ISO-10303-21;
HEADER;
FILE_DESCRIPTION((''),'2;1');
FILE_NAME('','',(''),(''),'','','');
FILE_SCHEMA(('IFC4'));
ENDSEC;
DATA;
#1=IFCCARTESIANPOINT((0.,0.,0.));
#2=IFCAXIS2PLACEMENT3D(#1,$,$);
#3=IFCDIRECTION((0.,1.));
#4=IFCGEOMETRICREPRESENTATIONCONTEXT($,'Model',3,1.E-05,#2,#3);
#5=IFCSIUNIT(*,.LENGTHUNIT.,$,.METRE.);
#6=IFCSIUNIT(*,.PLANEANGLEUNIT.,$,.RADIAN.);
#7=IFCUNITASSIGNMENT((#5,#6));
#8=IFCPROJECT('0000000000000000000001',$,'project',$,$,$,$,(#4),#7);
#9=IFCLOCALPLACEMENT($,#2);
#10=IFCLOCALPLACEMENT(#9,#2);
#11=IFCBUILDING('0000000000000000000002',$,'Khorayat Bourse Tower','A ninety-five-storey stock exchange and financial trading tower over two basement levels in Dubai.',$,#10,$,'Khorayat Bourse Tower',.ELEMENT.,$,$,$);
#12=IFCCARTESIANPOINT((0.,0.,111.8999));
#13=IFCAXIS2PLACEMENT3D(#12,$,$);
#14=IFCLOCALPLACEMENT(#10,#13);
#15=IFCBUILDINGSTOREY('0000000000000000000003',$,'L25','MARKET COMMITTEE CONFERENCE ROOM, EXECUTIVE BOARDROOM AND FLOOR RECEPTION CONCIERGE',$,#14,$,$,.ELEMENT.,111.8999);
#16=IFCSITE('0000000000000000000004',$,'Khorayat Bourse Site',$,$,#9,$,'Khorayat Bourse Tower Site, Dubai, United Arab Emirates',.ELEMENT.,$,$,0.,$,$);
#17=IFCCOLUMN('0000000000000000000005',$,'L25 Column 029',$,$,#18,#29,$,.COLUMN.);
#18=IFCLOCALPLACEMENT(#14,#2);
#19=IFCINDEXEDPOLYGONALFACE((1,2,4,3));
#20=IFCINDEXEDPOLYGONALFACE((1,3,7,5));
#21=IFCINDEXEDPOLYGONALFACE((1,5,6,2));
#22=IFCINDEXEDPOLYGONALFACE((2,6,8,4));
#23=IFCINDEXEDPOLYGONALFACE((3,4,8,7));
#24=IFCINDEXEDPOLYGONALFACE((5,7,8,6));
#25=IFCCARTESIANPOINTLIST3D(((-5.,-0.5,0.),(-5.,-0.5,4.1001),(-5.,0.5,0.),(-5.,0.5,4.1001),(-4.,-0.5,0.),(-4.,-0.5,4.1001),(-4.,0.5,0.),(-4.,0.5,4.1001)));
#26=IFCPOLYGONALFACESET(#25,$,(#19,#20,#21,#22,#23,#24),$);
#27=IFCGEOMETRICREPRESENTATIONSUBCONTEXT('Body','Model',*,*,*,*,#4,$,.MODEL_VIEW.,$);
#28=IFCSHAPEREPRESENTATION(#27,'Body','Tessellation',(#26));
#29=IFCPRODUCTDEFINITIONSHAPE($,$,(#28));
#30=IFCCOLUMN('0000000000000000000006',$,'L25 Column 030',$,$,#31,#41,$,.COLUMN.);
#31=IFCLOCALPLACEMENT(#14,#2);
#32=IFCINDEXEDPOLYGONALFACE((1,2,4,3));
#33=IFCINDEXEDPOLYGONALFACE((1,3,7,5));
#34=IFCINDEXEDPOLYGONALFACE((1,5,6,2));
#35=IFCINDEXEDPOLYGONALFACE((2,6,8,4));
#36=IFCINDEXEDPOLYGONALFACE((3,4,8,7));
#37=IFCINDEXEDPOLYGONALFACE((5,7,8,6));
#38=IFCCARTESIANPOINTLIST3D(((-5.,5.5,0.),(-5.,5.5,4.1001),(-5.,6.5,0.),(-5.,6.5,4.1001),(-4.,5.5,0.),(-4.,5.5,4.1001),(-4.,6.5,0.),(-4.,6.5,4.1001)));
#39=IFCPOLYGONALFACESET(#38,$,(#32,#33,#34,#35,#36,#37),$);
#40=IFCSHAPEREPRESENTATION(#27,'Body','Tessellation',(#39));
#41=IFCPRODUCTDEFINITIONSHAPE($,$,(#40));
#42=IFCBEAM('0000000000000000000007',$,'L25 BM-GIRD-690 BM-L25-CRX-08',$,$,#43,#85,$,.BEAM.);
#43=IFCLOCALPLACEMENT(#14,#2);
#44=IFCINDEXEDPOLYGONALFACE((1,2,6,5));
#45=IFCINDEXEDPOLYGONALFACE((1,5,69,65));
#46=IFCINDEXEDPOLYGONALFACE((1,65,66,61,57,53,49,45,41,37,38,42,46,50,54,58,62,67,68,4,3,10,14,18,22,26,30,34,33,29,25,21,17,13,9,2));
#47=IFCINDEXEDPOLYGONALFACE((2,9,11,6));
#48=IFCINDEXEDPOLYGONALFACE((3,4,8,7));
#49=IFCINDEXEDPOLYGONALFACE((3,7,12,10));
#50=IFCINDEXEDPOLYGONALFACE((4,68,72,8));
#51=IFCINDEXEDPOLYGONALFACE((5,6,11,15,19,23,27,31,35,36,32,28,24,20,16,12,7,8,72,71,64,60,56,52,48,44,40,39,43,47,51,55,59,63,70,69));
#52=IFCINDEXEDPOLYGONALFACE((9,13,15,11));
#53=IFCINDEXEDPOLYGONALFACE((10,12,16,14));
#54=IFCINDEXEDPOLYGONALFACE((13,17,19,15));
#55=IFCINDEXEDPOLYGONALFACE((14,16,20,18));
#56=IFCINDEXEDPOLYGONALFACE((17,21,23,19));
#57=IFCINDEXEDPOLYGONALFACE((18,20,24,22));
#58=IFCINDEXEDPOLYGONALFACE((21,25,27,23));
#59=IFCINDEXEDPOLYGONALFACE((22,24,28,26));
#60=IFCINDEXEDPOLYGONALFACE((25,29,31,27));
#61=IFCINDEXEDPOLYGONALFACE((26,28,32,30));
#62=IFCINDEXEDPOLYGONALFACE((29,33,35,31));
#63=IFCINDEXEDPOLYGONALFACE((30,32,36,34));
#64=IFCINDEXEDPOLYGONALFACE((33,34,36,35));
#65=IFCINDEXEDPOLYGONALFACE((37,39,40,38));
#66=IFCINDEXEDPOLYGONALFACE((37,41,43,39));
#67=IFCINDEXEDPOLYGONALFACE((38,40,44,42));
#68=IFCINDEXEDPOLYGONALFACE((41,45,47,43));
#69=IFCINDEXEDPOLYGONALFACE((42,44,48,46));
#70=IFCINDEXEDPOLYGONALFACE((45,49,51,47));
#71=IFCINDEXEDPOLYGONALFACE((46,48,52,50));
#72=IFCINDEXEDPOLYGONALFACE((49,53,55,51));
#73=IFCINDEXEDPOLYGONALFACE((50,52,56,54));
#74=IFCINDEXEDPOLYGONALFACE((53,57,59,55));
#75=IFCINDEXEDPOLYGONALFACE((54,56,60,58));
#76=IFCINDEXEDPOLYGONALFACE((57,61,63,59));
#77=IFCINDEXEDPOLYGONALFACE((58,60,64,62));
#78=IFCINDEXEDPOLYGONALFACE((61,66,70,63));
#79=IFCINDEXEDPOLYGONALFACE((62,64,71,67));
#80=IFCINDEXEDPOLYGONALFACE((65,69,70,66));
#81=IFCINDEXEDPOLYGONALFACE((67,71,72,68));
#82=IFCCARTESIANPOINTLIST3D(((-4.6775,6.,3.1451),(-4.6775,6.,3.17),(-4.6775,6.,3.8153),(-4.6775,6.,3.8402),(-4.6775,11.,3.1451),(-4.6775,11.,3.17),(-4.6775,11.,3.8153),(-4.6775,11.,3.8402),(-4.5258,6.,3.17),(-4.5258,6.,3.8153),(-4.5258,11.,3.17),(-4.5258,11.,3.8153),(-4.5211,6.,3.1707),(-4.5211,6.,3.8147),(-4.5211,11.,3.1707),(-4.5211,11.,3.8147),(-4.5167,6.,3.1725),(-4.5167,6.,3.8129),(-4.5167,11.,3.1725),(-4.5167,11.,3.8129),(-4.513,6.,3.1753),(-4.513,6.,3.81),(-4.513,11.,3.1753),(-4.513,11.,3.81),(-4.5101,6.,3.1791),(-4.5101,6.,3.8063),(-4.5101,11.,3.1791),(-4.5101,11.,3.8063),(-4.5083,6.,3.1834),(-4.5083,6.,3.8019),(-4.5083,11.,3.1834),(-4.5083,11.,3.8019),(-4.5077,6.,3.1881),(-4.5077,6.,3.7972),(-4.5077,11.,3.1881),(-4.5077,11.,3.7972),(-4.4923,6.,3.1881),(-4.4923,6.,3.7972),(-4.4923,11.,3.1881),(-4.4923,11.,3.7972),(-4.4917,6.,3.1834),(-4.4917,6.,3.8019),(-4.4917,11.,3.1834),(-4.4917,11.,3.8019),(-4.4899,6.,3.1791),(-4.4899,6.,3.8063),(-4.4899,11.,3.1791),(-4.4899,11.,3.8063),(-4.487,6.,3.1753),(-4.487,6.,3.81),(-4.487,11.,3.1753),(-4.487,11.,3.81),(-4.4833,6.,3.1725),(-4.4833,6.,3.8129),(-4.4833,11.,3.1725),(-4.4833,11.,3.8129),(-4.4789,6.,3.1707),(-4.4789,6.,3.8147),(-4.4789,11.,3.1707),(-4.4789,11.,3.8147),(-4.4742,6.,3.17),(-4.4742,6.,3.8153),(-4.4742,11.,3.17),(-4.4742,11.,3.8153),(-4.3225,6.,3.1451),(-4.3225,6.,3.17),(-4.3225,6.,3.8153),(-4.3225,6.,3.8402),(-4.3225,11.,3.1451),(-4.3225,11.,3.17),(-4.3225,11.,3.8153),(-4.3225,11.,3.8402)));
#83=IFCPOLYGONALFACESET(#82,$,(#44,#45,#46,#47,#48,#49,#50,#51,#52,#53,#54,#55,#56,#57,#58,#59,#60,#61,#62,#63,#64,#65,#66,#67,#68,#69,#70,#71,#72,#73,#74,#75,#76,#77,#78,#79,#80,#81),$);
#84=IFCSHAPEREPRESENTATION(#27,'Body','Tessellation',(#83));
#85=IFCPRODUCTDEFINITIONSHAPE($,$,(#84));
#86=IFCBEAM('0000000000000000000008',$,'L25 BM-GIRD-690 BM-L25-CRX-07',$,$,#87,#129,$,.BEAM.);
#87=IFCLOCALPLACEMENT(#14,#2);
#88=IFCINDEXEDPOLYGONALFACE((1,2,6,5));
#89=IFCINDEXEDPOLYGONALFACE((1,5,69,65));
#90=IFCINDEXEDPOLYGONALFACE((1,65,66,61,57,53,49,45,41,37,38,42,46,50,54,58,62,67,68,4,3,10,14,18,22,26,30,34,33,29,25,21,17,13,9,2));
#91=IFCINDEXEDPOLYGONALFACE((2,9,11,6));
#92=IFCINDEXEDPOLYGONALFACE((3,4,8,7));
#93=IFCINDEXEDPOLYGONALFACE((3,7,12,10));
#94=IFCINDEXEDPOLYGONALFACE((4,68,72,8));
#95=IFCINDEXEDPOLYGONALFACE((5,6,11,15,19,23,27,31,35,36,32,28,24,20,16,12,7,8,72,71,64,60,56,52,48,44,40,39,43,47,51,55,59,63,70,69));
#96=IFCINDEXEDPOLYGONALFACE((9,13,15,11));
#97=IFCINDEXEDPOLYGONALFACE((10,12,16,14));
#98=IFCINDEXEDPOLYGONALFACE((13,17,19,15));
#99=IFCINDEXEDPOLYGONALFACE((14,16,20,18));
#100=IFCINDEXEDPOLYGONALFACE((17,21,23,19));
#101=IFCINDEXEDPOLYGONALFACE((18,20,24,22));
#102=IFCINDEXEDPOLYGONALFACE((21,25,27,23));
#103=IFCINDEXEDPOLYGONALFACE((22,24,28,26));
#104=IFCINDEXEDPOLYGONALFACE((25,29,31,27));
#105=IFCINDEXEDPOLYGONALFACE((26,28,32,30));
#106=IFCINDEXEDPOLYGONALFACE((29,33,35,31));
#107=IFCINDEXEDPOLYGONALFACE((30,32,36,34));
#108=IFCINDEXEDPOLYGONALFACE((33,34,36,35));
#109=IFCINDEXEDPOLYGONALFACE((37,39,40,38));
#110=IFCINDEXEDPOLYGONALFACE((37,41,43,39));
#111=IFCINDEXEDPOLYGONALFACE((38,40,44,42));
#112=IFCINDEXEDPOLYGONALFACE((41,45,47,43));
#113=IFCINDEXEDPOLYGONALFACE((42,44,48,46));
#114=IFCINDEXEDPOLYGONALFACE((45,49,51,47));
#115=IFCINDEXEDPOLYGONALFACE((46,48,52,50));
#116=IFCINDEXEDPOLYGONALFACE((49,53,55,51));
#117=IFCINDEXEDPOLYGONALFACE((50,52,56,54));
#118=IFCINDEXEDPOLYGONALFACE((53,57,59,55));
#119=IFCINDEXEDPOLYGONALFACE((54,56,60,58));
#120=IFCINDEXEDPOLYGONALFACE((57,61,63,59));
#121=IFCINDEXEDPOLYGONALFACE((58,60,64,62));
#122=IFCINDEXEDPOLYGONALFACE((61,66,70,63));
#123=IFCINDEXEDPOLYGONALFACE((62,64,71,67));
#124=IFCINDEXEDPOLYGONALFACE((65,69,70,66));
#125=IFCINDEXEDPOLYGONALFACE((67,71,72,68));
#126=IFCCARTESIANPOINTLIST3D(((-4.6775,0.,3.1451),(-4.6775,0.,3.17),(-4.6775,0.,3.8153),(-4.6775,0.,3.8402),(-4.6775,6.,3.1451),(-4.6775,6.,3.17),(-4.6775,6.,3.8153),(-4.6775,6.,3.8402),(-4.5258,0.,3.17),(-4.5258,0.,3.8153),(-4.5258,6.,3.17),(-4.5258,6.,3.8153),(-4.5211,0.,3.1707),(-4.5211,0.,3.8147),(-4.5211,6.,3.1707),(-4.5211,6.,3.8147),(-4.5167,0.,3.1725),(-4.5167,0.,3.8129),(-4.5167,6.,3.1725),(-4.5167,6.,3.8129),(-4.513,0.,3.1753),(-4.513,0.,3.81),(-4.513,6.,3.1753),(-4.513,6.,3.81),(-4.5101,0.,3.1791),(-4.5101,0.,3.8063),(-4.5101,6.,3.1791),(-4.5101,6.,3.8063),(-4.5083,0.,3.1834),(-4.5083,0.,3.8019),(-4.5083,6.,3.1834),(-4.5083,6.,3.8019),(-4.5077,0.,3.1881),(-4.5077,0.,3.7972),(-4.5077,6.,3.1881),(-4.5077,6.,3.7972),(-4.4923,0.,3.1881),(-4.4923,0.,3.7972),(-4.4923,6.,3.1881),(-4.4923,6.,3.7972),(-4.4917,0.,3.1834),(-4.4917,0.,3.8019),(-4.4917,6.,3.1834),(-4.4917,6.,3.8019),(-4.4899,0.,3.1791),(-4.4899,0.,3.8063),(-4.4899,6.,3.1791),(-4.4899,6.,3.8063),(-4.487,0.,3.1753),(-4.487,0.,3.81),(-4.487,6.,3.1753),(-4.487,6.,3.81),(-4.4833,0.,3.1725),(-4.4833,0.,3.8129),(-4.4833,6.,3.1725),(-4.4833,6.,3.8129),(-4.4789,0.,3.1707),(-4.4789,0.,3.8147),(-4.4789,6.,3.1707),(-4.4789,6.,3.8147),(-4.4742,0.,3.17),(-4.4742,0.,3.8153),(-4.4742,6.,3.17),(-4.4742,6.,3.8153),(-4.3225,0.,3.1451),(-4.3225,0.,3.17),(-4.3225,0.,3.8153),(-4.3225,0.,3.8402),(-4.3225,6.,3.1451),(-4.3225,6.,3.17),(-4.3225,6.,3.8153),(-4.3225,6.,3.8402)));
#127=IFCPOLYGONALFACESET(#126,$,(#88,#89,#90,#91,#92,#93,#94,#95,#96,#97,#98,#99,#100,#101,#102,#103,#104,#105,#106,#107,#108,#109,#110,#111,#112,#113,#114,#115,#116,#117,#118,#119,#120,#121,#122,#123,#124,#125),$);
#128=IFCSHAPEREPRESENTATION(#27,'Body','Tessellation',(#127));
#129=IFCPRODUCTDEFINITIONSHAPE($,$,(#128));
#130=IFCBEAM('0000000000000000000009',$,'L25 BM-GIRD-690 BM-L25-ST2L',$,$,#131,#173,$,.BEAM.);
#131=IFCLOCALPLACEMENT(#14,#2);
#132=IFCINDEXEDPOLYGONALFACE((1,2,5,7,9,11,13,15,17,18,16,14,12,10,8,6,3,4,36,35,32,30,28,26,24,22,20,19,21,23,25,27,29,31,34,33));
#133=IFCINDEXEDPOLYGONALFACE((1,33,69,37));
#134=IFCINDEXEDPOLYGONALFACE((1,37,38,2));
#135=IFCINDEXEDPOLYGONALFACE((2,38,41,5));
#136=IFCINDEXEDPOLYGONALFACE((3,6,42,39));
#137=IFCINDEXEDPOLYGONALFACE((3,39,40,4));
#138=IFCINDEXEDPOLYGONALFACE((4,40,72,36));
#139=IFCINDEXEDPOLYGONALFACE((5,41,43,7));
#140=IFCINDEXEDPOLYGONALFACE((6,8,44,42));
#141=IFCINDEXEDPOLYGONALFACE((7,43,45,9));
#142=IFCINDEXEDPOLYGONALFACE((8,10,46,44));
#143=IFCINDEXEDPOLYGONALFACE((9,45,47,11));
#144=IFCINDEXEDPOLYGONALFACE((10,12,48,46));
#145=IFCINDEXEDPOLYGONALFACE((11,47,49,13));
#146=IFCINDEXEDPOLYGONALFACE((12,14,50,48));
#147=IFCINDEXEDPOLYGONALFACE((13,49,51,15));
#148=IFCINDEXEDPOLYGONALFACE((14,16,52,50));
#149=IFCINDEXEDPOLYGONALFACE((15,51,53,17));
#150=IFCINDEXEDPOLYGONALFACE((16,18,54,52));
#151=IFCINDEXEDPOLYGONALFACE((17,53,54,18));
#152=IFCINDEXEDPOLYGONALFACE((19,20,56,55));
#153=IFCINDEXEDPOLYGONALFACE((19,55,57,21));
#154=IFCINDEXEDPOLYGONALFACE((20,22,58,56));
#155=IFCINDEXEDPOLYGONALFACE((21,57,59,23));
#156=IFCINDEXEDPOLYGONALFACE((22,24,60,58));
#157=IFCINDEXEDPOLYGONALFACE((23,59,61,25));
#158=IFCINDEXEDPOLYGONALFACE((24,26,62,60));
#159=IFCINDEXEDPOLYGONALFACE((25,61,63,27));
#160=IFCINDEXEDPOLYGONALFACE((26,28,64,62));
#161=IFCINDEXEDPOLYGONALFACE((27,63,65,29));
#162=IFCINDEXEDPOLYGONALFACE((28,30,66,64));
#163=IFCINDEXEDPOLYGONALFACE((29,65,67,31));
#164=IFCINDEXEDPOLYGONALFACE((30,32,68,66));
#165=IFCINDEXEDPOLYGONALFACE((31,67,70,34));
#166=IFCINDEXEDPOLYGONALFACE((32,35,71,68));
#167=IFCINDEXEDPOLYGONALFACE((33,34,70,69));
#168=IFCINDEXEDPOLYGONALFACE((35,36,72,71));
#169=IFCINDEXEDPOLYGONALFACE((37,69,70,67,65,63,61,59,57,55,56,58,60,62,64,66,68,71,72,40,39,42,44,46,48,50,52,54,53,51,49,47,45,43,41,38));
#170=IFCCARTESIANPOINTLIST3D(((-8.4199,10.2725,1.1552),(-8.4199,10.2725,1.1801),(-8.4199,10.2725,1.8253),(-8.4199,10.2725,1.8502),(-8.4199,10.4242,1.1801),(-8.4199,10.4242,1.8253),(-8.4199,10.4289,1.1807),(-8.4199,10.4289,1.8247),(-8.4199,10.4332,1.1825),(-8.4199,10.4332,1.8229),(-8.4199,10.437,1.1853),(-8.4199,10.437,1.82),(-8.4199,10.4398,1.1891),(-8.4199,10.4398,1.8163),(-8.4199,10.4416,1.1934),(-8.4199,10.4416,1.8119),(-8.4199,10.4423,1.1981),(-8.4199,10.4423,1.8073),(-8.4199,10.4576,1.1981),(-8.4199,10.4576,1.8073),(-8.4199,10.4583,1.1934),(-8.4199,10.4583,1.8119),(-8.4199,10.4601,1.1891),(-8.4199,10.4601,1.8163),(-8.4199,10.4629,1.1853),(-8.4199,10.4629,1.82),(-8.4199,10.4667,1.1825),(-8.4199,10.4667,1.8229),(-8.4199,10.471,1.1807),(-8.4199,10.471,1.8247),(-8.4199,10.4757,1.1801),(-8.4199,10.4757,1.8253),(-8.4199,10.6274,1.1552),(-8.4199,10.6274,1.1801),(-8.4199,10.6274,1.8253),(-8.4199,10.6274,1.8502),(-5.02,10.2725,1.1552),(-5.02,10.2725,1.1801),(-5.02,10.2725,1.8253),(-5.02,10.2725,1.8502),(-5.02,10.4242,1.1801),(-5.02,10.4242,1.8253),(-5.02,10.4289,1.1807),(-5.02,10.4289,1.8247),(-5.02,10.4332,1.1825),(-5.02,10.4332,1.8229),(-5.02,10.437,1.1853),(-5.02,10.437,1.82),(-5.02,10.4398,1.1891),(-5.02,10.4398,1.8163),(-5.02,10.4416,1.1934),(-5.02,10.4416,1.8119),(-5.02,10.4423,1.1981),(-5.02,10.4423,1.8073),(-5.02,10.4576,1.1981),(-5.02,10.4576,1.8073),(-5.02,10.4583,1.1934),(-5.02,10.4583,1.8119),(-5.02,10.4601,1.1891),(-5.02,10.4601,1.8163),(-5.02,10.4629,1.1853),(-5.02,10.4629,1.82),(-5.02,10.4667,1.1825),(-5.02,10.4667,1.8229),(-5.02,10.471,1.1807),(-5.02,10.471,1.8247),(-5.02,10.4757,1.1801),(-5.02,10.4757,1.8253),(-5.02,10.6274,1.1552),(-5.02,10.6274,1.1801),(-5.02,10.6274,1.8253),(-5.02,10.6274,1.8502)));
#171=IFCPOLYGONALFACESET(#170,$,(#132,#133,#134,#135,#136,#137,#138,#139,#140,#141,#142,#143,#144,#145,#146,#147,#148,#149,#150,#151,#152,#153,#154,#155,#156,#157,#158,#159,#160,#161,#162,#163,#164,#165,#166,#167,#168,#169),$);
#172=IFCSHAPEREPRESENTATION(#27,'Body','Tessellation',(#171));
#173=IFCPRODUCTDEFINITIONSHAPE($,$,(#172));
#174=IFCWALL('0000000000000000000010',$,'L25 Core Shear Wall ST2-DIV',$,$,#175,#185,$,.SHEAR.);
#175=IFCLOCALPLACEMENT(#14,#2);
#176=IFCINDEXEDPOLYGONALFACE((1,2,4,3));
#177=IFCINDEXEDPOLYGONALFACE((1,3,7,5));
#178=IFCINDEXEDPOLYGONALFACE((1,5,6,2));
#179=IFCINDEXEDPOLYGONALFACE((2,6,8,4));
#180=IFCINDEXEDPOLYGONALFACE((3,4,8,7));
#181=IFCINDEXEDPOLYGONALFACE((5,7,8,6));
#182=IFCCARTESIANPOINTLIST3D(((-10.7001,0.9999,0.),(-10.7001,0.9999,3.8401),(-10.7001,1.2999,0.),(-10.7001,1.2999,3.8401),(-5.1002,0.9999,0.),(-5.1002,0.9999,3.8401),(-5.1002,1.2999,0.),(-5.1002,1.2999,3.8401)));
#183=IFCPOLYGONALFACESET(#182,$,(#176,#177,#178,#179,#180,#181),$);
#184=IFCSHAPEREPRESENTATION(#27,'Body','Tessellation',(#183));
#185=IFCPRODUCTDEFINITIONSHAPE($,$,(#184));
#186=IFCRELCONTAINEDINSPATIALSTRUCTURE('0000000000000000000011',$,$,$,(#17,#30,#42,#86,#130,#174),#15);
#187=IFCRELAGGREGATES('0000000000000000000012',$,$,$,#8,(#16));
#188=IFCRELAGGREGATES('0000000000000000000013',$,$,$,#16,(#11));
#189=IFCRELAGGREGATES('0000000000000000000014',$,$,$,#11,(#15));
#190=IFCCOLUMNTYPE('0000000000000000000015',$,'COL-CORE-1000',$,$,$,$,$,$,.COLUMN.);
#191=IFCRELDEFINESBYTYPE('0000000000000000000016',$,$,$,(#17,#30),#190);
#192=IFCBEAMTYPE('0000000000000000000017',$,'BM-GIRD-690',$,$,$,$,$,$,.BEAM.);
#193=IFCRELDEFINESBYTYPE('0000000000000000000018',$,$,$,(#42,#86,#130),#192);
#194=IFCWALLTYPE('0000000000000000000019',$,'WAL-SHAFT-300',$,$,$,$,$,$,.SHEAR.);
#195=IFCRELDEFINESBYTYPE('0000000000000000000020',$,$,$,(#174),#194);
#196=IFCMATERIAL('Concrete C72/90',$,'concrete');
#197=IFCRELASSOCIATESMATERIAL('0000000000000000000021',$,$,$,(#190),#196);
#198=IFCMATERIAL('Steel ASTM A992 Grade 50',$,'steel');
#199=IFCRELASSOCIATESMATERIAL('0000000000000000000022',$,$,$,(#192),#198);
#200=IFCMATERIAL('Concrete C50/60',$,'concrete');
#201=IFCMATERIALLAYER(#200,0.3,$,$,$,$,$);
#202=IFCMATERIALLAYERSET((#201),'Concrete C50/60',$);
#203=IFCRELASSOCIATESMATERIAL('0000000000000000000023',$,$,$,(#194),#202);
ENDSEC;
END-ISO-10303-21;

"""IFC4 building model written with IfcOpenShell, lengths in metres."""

from ifc_helpers import new_model, si_unit, direction, frame, frame_2d, origin, origin_2d, place, context, subcontext, project, spatial, rectangle, i_section, extrude, source, transform, mapped, material, layer, layer_set, material_profile, profile_set, type_object, element, save


model = new_model("IFC4")

# Units and contexts
model_context = context("Model", 3, precision=1e-05, world=origin(), true_north=direction((0.0, 1.0)))
body_context = subcontext(model_context, "Body", "Model", "MODEL_VIEW")
ifc_project = project(units=[si_unit("LENGTHUNIT", "METRE"), si_unit("PLANEANGLEUNIT", "RADIAN")], contexts=[model_context])

# Site, building, storey
site_placement = place(None, origin())
site = spatial("IfcSite", under=ifc_project, at=site_placement, Name="Khorayat Bourse Site", LongName="Khorayat Bourse Tower Site, Dubai, United Arab Emirates", CompositionType="ELEMENT", RefElevation=0.0)
building_placement = place(site_placement, origin())
building = spatial("IfcBuilding", under=site, at=building_placement, Name="Khorayat Bourse Tower", Description="A ninety-five-storey stock exchange and financial trading tower over two basement levels in Dubai.", LongName="Khorayat Bourse Tower", CompositionType="ELEMENT")
storey_placement = place(building_placement, frame((0.0, 0.0, 111.8999)))
storey = spatial("IfcBuildingStorey", under=building, at=storey_placement, Name="L25", Description="MARKET COMMITTEE CONFERENCE ROOM, EXECUTIVE BOARDROOM AND FLOOR RECEPTION CONCIERGE", CompositionType="ELEMENT", Elevation=111.8999)

# Columns
ifc_material_1 = material(Name="Concrete C72/90", Category="concrete")
ifc_material_profile_1 = material_profile(ifc_material_1, rectangle(XDim=1.0, YDim=1.0, at=origin_2d()), Name="RC 1000x1000")
ifc_profile_set_1 = profile_set([ifc_material_profile_1], Name="Concrete C72/90")
column_type = type_object("IfcColumnType", Name="COL-CORE-1000", PredefinedType="COLUMN", material=ifc_profile_set_1)
shared_shape_1 = source(origin(), body_context, "Body", "SweptSolid", [
    extrude(rectangle(XDim=1.0, YDim=1.0, at=origin_2d()), origin(), (0.0, 0.0, 1.0), 4.1001),
])
for number, where, z_axis, x_axis, name in (
    (1, (-4.5, 0.0, 0.0), (0.0, 0.0, 1.0), (1.0, 0.0, 0.0), "L25 Column 029"),
    (2, (-4.5, 6.0, 0.0), (0.0, 0.0, 1.0), (1.0, 0.0, 0.0), "L25 Column 030"),
):
    element("IfcColumn", number, at=place(storey_placement, frame(where, z_axis=z_axis, x_axis=x_axis)), inside=storey, type_object=column_type, Name=name, PredefinedType="COLUMN", context=body_context, shape_type="MappedRepresentation", body=[
        mapped(shared_shape_1, transform((0.0, 0.0, 0.0), scale=1.0)),
    ])

# Beams
ifc_material_2 = material(Name="Steel ASTM A992 Grade 50", Category="steel")
ifc_material_profile_2 = material_profile(ifc_material_2, i_section(OverallWidth=0.355, OverallDepth=0.6951, WebThickness=0.0154, FlangeThickness=0.0249, FilletRadius=0.0181, at=origin_2d()), Name="W690X217")
ifc_profile_set_2 = profile_set([ifc_material_profile_2], Name="Steel ASTM A992 Grade 50")
beam_type = type_object("IfcBeamType", Name="BM-GIRD-690", PredefinedType="BEAM", material=ifc_profile_set_2)
shared_shape_2 = source(origin(), body_context, "Body", "SweptSolid", [
    extrude(i_section(OverallWidth=0.355, OverallDepth=0.6951, WebThickness=0.0154, FlangeThickness=0.0249, FilletRadius=0.0181, at=origin_2d()), origin(), (0.0, 0.0, 1.0), 5.0),
])
beam_1_placement = place(storey_placement, frame((-4.5, 6.0, 3.4927), z_axis=(0.0, 1.0, 0.0), x_axis=(-1.0, 0.0, 0.0)))
element("IfcBeam", 3, at=beam_1_placement, inside=storey, type_object=beam_type, Name="L25 BM-GIRD-690 BM-L25-CRX-08", PredefinedType="BEAM", context=body_context, shape_type="MappedRepresentation", body=[
    mapped(shared_shape_2, transform((0.0, 0.0, 0.0), scale=1.0)),
])
shared_shape_3 = source(origin(), body_context, "Body", "SweptSolid", [
    extrude(i_section(OverallWidth=0.355, OverallDepth=0.6951, WebThickness=0.0154, FlangeThickness=0.0249, FilletRadius=0.0181, at=origin_2d()), origin(), (0.0, 0.0, 1.0), 6.0),
])
beam_2_placement = place(storey_placement, frame((-4.5, 0.0, 3.4927), z_axis=(0.0, 1.0, 0.0), x_axis=(-1.0, 0.0, 0.0)))
element("IfcBeam", 4, at=beam_2_placement, inside=storey, type_object=beam_type, Name="L25 BM-GIRD-690 BM-L25-CRX-07", PredefinedType="BEAM", context=body_context, shape_type="MappedRepresentation", body=[
    mapped(shared_shape_3, transform((0.0, 0.0, 0.0), scale=1.0)),
])
shared_shape_4 = source(origin(), body_context, "Body", "SweptSolid", [
    extrude(i_section(OverallWidth=0.355, OverallDepth=0.6951, WebThickness=0.0154, FlangeThickness=0.0249, FilletRadius=0.0181, at=origin_2d()), origin(), (0.0, 0.0, 1.0), 3.3999),
])
beam_3_placement = place(storey_placement, frame((-8.4199, 10.45, 1.5027), z_axis=(1.0, 0.0, 0.0), x_axis=(0.0, 1.0, 0.0)))
element("IfcBeam", 5, at=beam_3_placement, inside=storey, type_object=beam_type, Name="L25 BM-GIRD-690 BM-L25-ST2L", PredefinedType="BEAM", context=body_context, shape_type="MappedRepresentation", body=[
    mapped(shared_shape_4, transform((0.0, 0.0, 0.0), scale=1.0)),
])

# Wall
ifc_material_3 = material(Name="Concrete C50/60", Category="concrete")
ifc_layer_1 = layer(ifc_material_3, 0.3)
ifc_layer_set_1 = layer_set([ifc_layer_1], Name="Concrete C50/60")
wall_type_1 = type_object("IfcWallType", Name="WAL-SHAFT-300", PredefinedType="SHEAR", material=ifc_layer_set_1)
shared_shape_5 = source(origin(), body_context, "Body", "SweptSolid", [
    extrude(rectangle(XDim=5.5999, YDim=0.3, at=frame_2d((2.7998, 0.0))), origin(), (0.0, 0.0, 1.0), 3.8401),
])
wall_1_placement = place(storey_placement, frame((-10.7, 1.1499, 0.0), z_axis=(0.0, 0.0, 1.0), x_axis=(1.0, 0.0, 0.0)))
element("IfcWall", 6, at=wall_1_placement, inside=storey, type_object=wall_type_1, Name="L25 Core Shear Wall ST2-DIV", PredefinedType="SHEAR", context=body_context, shape_type="MappedRepresentation", body=[
    mapped(shared_shape_5, transform((0.0, 0.0, 0.0), scale=1.0)),
])

save(model, "model.ifc")
